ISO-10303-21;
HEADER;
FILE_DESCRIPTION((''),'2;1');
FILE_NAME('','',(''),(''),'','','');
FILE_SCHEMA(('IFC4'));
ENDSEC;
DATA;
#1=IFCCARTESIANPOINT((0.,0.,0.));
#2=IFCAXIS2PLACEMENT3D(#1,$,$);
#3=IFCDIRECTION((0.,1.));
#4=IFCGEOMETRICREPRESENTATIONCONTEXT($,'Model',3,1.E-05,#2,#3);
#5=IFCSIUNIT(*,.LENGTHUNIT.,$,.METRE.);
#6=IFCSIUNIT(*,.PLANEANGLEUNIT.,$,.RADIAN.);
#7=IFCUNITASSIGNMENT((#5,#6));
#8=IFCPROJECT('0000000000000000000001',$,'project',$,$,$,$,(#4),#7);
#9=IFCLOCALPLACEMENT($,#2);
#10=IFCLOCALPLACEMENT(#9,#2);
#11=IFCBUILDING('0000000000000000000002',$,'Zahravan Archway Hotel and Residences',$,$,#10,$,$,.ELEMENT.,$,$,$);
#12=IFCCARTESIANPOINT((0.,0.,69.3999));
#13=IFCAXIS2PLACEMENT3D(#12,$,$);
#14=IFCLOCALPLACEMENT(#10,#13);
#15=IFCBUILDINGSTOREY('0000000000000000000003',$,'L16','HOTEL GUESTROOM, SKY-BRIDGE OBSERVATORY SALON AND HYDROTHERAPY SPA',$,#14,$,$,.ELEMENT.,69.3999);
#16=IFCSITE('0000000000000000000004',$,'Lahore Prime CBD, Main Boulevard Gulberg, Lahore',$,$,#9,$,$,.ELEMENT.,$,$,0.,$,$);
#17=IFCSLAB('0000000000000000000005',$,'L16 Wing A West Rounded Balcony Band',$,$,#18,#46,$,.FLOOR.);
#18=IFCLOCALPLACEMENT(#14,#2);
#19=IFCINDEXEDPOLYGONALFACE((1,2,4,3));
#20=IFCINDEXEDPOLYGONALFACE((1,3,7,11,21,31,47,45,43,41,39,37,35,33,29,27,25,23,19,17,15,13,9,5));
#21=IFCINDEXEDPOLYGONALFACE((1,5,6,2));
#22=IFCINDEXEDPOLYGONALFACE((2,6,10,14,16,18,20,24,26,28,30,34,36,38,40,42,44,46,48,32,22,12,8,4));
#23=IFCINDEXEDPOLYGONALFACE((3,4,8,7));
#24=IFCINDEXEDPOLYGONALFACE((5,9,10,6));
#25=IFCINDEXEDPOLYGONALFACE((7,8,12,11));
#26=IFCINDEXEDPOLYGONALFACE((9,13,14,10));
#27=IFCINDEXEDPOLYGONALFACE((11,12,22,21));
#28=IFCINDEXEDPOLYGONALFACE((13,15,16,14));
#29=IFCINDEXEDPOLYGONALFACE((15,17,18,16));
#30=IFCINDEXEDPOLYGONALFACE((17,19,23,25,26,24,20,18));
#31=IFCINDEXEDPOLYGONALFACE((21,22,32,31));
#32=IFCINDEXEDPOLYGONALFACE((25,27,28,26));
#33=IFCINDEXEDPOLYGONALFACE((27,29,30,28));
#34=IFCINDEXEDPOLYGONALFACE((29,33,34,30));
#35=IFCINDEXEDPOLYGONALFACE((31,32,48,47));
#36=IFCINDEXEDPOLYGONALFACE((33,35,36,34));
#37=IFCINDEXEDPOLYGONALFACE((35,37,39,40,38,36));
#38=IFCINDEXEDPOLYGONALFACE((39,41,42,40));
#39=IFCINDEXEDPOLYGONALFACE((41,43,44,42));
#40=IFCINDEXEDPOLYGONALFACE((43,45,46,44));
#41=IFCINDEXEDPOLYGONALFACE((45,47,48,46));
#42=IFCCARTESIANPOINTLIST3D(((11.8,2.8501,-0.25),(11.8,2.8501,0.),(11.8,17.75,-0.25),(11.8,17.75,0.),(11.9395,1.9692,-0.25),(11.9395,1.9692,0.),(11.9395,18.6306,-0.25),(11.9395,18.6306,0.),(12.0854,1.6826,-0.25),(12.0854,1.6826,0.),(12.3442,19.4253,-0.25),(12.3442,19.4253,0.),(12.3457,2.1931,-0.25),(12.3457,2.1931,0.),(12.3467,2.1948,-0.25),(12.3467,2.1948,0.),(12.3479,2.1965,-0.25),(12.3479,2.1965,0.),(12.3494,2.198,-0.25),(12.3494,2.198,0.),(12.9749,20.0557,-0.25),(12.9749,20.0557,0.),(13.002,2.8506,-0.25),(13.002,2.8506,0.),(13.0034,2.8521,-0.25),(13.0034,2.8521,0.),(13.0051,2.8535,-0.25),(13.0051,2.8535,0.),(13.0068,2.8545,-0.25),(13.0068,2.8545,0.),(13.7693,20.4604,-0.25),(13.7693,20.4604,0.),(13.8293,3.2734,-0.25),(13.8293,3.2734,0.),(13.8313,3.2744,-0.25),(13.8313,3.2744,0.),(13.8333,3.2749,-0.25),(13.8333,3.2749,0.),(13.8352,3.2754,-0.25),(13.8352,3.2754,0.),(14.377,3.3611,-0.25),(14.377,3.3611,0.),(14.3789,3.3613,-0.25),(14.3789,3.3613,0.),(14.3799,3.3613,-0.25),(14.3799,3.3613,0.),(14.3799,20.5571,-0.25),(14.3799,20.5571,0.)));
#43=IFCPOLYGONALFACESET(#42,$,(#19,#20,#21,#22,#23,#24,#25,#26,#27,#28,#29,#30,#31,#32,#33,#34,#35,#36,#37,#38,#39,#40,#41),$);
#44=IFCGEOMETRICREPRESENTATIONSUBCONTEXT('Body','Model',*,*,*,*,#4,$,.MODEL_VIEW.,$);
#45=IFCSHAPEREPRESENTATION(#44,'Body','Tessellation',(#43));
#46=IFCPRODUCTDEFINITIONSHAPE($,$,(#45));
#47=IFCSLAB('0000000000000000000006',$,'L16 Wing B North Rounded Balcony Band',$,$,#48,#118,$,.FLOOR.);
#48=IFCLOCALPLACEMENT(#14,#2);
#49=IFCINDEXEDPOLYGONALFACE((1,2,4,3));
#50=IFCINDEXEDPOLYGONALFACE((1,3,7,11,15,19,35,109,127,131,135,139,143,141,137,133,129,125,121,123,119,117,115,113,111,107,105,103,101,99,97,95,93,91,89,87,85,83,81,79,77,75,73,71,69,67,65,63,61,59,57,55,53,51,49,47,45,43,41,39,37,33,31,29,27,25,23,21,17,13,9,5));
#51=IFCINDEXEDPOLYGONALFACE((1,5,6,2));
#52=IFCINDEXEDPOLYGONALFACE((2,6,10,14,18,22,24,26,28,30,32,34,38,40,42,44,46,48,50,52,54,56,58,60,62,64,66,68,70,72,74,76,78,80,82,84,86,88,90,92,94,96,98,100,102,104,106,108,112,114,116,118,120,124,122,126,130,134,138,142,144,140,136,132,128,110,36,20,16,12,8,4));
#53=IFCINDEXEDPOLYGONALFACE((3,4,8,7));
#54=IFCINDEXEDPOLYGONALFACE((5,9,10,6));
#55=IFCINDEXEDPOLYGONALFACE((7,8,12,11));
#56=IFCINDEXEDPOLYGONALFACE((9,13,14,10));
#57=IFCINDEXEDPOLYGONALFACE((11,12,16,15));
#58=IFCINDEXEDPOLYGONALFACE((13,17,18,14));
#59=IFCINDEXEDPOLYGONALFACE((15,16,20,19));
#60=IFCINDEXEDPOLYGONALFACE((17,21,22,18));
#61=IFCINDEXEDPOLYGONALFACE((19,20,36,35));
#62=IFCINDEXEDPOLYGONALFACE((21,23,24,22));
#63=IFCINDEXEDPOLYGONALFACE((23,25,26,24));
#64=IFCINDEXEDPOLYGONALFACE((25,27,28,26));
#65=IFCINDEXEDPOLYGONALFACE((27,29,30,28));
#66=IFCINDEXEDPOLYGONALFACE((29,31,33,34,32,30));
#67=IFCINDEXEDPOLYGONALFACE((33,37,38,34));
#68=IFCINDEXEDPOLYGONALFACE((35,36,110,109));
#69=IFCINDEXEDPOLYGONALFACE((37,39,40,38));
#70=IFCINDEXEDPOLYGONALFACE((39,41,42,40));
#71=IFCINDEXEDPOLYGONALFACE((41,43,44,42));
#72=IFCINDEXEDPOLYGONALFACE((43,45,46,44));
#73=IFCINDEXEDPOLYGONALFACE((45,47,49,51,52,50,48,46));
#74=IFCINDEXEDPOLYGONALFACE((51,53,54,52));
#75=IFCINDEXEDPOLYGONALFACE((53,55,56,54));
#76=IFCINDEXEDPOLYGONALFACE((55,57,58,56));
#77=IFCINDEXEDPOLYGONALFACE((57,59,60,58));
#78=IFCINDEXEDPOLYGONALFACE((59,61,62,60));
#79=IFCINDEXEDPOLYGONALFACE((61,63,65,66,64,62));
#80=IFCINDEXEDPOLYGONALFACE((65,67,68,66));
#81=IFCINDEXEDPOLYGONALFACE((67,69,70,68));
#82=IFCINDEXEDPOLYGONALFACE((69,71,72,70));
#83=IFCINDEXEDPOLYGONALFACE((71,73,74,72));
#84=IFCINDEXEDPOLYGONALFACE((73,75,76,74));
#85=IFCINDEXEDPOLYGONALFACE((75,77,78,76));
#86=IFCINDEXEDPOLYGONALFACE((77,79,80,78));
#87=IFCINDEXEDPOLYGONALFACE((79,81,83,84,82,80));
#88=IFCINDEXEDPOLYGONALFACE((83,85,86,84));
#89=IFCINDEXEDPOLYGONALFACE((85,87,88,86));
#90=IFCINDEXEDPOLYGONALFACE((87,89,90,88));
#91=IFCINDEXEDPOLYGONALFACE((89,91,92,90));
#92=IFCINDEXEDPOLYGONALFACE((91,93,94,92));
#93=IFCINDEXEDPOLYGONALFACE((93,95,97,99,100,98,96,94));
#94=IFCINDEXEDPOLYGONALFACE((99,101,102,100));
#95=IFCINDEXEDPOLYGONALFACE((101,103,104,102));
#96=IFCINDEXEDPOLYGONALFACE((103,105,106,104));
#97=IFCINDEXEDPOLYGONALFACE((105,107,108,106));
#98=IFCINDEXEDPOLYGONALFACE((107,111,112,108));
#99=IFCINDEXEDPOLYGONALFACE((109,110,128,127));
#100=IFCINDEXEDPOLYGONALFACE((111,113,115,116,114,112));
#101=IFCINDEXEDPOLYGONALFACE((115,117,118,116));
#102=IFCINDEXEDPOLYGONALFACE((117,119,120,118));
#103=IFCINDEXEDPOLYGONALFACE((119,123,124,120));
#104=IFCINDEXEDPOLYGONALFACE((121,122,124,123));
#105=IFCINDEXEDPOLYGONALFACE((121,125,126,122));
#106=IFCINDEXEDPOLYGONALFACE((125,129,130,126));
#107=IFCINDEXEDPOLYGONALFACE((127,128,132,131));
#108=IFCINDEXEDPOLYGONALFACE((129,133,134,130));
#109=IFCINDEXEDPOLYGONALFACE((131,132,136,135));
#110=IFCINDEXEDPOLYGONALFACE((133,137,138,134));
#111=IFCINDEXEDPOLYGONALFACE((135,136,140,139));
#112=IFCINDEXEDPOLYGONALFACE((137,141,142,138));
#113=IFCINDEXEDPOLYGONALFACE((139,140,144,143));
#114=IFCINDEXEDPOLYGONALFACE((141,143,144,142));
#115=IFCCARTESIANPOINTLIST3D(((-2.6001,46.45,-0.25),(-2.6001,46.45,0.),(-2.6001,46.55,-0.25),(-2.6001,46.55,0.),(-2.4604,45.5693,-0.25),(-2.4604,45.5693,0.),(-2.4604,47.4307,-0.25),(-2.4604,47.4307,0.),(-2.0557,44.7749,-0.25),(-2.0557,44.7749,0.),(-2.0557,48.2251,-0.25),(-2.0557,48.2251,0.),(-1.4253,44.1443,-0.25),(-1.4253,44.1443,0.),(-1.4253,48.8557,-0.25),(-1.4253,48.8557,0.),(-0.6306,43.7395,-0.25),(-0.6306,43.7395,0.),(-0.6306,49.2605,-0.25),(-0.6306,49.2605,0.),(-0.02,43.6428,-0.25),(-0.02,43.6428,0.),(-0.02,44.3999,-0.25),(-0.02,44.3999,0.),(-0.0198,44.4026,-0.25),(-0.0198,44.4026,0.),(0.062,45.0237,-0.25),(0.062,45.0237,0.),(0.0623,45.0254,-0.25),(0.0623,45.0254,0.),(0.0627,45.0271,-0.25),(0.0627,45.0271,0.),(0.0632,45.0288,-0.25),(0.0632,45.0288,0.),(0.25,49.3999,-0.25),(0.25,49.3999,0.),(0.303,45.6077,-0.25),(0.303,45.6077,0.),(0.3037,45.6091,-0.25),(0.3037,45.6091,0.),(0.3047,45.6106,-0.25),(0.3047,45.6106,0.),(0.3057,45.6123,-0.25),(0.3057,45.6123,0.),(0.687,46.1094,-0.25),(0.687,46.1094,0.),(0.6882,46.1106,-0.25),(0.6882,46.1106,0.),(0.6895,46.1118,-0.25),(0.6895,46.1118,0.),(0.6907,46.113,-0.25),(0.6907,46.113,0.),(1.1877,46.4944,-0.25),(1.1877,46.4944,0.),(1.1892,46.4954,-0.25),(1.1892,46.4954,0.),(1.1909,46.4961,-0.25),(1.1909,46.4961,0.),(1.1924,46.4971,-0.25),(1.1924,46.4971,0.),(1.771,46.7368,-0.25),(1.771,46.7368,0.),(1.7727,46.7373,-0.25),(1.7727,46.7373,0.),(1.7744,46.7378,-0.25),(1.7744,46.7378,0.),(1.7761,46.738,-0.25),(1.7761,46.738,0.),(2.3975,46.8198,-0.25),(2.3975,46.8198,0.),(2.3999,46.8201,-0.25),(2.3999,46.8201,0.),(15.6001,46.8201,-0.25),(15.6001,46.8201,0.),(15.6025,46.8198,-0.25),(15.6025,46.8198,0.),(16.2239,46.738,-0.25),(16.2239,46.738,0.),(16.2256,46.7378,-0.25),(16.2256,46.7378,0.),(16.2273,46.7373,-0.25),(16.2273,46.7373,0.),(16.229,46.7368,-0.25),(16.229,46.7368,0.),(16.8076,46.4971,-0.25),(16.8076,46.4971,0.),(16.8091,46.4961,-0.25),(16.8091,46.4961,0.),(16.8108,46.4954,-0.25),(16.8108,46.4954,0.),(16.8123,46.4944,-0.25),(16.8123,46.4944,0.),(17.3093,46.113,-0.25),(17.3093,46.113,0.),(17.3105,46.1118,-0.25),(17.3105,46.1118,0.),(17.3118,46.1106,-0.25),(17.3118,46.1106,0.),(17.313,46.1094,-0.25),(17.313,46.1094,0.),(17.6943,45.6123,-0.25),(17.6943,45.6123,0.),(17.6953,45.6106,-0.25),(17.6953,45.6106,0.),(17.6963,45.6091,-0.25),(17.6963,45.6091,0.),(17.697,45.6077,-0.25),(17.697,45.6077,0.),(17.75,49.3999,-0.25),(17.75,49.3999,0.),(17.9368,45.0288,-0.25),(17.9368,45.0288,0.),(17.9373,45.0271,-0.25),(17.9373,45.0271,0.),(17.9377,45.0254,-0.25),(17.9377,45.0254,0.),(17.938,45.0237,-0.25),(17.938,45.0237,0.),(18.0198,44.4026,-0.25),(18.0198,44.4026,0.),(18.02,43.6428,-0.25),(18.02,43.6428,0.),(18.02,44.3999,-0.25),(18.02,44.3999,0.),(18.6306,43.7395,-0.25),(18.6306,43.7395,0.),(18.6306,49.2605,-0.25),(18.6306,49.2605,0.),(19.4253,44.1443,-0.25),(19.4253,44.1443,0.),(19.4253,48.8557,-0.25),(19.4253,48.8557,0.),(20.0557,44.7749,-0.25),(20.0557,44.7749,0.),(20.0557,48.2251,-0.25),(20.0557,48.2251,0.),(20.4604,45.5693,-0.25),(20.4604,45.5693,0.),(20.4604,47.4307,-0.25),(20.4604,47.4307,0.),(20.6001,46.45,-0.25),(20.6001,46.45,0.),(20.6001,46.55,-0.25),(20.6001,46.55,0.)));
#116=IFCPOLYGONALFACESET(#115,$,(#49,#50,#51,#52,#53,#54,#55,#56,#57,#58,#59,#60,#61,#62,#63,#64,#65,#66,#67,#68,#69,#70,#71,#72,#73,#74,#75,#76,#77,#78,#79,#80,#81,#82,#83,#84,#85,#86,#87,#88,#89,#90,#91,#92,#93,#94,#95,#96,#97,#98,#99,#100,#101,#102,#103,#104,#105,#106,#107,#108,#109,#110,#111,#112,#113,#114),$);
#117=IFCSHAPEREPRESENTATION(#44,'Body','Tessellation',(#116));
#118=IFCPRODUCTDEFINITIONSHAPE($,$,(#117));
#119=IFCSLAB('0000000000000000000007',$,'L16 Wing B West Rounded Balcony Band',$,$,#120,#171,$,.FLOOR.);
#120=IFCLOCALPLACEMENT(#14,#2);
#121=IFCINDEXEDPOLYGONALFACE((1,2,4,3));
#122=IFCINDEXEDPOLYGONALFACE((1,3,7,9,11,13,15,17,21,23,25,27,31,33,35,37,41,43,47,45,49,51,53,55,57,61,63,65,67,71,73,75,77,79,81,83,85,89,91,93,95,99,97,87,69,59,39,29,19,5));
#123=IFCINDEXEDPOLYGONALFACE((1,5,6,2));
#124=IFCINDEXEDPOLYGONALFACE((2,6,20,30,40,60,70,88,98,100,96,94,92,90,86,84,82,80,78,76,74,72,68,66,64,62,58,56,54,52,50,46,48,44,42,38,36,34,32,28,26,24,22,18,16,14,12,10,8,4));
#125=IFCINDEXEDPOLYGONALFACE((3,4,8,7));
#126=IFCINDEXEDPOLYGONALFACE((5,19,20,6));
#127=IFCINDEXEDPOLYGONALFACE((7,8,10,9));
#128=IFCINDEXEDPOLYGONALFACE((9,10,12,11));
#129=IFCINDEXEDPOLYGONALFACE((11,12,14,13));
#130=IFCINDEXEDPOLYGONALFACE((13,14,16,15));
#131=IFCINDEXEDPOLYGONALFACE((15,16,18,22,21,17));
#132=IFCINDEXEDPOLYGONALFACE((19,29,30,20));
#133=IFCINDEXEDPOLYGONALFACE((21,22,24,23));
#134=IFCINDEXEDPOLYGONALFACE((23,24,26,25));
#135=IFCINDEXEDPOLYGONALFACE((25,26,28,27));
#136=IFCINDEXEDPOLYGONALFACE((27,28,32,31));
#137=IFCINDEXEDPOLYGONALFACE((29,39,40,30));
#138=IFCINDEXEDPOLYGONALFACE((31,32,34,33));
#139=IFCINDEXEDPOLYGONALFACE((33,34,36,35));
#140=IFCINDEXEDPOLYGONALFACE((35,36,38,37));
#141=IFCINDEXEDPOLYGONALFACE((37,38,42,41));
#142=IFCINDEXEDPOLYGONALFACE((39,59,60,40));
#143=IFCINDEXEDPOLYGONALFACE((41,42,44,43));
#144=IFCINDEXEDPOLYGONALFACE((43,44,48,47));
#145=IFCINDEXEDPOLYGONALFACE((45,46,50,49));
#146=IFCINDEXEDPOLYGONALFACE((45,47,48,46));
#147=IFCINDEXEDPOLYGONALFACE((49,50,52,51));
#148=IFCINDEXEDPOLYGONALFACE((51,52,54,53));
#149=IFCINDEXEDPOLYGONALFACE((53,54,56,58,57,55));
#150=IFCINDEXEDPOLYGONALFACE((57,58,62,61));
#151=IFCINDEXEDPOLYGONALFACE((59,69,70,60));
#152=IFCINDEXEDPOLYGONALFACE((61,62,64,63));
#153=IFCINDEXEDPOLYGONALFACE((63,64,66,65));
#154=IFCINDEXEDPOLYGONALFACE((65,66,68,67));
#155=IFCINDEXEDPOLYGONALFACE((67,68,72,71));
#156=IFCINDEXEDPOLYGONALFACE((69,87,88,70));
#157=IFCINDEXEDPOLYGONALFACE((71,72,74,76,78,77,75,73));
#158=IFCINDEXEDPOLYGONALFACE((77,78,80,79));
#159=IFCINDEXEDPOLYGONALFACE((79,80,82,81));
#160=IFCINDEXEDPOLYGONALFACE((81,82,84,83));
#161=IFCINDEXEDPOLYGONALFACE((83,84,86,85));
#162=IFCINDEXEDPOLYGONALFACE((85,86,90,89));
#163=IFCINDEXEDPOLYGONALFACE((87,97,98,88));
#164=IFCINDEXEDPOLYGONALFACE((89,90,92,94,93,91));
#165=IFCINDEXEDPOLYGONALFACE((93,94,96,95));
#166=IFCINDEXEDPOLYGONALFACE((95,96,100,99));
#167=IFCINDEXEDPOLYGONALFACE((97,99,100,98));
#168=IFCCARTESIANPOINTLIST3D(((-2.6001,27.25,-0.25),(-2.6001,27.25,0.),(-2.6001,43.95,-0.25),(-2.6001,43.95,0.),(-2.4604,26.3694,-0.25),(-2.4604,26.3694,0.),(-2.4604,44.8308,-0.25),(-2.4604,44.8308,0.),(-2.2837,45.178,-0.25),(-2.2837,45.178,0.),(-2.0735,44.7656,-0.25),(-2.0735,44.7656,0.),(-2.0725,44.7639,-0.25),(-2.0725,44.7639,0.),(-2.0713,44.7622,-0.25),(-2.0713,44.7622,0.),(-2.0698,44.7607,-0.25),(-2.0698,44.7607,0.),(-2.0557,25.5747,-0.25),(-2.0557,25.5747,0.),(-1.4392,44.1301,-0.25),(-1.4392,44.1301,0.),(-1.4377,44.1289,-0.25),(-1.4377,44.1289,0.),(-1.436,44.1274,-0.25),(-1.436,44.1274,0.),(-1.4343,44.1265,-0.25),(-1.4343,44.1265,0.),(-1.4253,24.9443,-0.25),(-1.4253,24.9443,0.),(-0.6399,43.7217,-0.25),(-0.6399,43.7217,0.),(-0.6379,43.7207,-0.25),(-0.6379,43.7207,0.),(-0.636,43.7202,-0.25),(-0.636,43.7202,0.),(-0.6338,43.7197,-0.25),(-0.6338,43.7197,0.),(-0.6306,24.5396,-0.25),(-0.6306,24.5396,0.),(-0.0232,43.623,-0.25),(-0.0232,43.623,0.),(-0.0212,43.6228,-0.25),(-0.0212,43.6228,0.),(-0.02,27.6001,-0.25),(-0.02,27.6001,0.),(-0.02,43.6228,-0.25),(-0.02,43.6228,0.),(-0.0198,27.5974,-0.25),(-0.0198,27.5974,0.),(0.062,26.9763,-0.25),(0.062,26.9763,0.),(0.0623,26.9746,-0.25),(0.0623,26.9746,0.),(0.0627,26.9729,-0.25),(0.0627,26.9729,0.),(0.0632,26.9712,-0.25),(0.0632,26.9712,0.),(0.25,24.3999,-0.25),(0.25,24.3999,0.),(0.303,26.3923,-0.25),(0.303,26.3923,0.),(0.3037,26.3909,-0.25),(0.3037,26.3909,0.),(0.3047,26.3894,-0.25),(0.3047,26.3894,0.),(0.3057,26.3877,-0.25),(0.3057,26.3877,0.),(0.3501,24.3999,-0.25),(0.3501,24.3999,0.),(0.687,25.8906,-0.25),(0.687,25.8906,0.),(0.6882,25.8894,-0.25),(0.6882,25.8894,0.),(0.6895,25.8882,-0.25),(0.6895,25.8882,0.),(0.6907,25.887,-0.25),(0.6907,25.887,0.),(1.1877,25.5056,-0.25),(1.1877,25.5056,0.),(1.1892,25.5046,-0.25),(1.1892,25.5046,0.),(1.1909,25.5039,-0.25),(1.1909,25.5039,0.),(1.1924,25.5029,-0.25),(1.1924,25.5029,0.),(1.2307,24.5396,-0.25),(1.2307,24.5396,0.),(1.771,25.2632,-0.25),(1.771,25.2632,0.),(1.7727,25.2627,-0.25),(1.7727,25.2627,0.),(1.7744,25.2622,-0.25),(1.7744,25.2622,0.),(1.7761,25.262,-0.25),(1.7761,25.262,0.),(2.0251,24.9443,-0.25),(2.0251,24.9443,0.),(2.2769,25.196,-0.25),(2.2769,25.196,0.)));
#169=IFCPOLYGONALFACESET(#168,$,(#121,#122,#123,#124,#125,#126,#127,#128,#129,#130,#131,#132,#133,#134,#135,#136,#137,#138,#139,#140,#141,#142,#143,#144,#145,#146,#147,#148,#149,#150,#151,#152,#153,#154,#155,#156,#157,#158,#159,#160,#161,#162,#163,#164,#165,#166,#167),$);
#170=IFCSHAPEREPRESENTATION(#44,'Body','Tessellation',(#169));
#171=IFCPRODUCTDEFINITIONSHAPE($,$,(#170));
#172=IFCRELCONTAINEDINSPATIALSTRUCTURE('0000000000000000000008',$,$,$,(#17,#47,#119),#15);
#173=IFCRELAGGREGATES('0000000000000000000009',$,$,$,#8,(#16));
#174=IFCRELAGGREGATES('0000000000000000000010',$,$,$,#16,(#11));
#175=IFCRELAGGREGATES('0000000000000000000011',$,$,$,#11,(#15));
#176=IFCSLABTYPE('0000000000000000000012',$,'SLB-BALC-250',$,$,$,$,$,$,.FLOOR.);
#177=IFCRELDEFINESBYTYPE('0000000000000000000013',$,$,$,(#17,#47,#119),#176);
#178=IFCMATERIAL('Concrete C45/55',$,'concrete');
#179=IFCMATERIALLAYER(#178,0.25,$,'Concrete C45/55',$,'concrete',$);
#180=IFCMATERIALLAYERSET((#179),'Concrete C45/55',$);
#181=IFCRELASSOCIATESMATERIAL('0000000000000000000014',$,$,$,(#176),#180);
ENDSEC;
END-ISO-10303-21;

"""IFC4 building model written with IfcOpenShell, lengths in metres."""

from ifc_helpers import new_model, si_unit, direction, frame, origin, place, context, subcontext, project, spatial, polyline, outline, extrude, material, layer, layer_set, type_object, element, save


model = new_model("IFC4")

# Units and contexts
model_context = context("Model", 3, precision=1e-05, world=origin(), true_north=direction((0.0, 1.0)))
body_context = subcontext(model_context, "Body", "Model", "MODEL_VIEW")
ifc_project = project(units=[si_unit("LENGTHUNIT", "METRE"), si_unit("PLANEANGLEUNIT", "RADIAN")], contexts=[model_context])

# Site, building, storey
site_placement = place(None, origin())
site = spatial("IfcSite", under=ifc_project, at=site_placement, Name="Lahore Prime CBD, Main Boulevard Gulberg, Lahore", CompositionType="ELEMENT", RefElevation=0.0)
building_placement = place(site_placement, origin())
building = spatial("IfcBuilding", under=site, at=building_placement, Name="Zahravan Archway Hotel and Residences", CompositionType="ELEMENT")
storey_placement = place(building_placement, frame((0.0, 0.0, 69.3999)))
storey = spatial("IfcBuildingStorey", under=building, at=storey_placement, Name="L16", Description="HOTEL GUESTROOM, SKY-BRIDGE OBSERVATORY SALON AND HYDROTHERAPY SPA", CompositionType="ELEMENT", Elevation=69.3999)

# Slabs
ifc_material_1 = material(Name="Concrete C45/55", Category="concrete")
ifc_layer_1 = layer(ifc_material_1, 0.25, Name="Concrete C45/55", Category="concrete")
ifc_layer_set_1 = layer_set([ifc_layer_1], Name="Concrete C45/55")
slab_type_1 = type_object("IfcSlabType", Name="SLB-BALC-250", PredefinedType="FLOOR", material=ifc_layer_set_1)
slab_1_placement = place(storey_placement, frame((0.0, 0.0, -0.25)))
element("IfcSlab", 1, at=slab_1_placement, inside=storey, type_object=slab_type_1, Name="L16 Wing A West Rounded Balcony Band", PredefinedType="FLOOR", context=body_context, shape_type="SweptSolid", body=[
    extrude(outline(polyline([(11.9395, 1.9692), (11.8, 2.8501), (11.8, 17.75), (11.9395, 18.6306), (12.3442, 19.4253), (12.9749, 20.0557), (13.7693, 20.4604), (14.3799, 20.5571), (14.3799, 3.3613), (14.3789, 3.3613), (14.377, 3.3611), (13.8352, 3.2754), (13.8333, 3.2749), (13.8313, 3.2744), (13.8293, 3.2734), (13.0068, 2.8545), (13.0051, 2.8535), (13.0034, 2.8521), (13.002, 2.8506), (12.3494, 2.198), (12.3479, 2.1965), (12.3467, 2.1948), (12.3457, 2.1931), (12.0854, 1.6826), (11.9395, 1.9692)])), origin(), (0.0, 0.0, 1.0), 0.25),
])
slab_2_placement = place(storey_placement, frame((0.0, 0.0, -0.25)))
element("IfcSlab", 2, at=slab_2_placement, inside=storey, type_object=slab_type_1, Name="L16 Wing B North Rounded Balcony Band", PredefinedType="FLOOR", context=body_context, shape_type="SweptSolid", body=[
    extrude(outline(polyline([(-0.6306, 43.7395), (-1.4253, 44.1443), (-2.0557, 44.7749), (-2.4604, 45.5693), (-2.6001, 46.45), (-2.6001, 46.55), (-2.4604, 47.4307), (-2.0557, 48.2251), (-1.4253, 48.8557), (-0.6306, 49.2605), (0.25, 49.3999), (17.75, 49.3999), (18.6306, 49.2605), (19.4253, 48.8557), (20.0557, 48.2251), (20.4604, 47.4307), (20.6001, 46.55), (20.6001, 46.45), (20.4604, 45.5693), (20.0557, 44.7749), (19.4253, 44.1443), (18.6306, 43.7395), (18.02, 43.6428), (18.02, 44.3999), (18.0198, 44.4026), (17.938, 45.0237), (17.9377, 45.0254), (17.9373, 45.0271), (17.9368, 45.0288), (17.697, 45.6077), (17.6963, 45.6091), (17.6953, 45.6106), (17.6943, 45.6123), (17.313, 46.1094), (17.3118, 46.1106), (17.3105, 46.1118), (17.3093, 46.113), (16.8123, 46.4944), (16.8108, 46.4954), (16.8091, 46.4961), (16.8076, 46.4971), (16.229, 46.7368), (16.2273, 46.7373), (16.2256, 46.7378), (16.2239, 46.738), (15.6025, 46.8198), (15.6001, 46.8201), (2.3999, 46.8201), (2.3975, 46.8198), (1.7761, 46.738), (1.7744, 46.7378), (1.7727, 46.7373), (1.771, 46.7368), (1.1924, 46.4971), (1.1909, 46.4961), (1.1892, 46.4954), (1.1877, 46.4944), (0.6907, 46.113), (0.6895, 46.1118), (0.6882, 46.1106), (0.687, 46.1094), (0.3057, 45.6123), (0.3047, 45.6106), (0.3037, 45.6091), (0.303, 45.6077), (0.0632, 45.0288), (0.0627, 45.0271), (0.0623, 45.0254), (0.062, 45.0237), (-0.0198, 44.4026), (-0.02, 44.3999), (-0.02, 43.6428), (-0.6306, 43.7395)])), origin(), (0.0, 0.0, 1.0), 0.25),
])
slab_3_placement = place(storey_placement, frame((0.0, 0.0, -0.25)))
element("IfcSlab", 3, at=slab_3_placement, inside=storey, type_object=slab_type_1, Name="L16 Wing B West Rounded Balcony Band", PredefinedType="FLOOR", context=body_context, shape_type="SweptSolid", body=[
    extrude(outline(polyline([(2.0251, 24.9443), (1.2307, 24.5396), (0.3501, 24.3999), (0.25, 24.3999), (-0.6306, 24.5396), (-1.4253, 24.9443), (-2.0557, 25.5747), (-2.4604, 26.3694), (-2.6001, 27.25), (-2.6001, 43.95), (-2.4604, 44.8308), (-2.2837, 45.178), (-2.0735, 44.7656), (-2.0725, 44.7639), (-2.0713, 44.7622), (-2.0698, 44.7607), (-1.4392, 44.1301), (-1.4377, 44.1289), (-1.436, 44.1274), (-1.4343, 44.1265), (-0.6399, 43.7217), (-0.6379, 43.7207), (-0.636, 43.7202), (-0.6338, 43.7197), (-0.0232, 43.623), (-0.0212, 43.6228), (-0.02, 43.6228), (-0.02, 27.6001), (-0.0198, 27.5974), (0.062, 26.9763), (0.0623, 26.9746), (0.0627, 26.9729), (0.0632, 26.9712), (0.303, 26.3923), (0.3037, 26.3909), (0.3047, 26.3894), (0.3057, 26.3877), (0.687, 25.8906), (0.6882, 25.8894), (0.6895, 25.8882), (0.6907, 25.887), (1.1877, 25.5056), (1.1892, 25.5046), (1.1909, 25.5039), (1.1924, 25.5029), (1.771, 25.2632), (1.7727, 25.2627), (1.7744, 25.2622), (1.7761, 25.262), (2.2769, 25.196), (2.0251, 24.9443)])), origin(), (0.0, 0.0, 1.0), 0.25),
])

save(model, "model.ifc")
